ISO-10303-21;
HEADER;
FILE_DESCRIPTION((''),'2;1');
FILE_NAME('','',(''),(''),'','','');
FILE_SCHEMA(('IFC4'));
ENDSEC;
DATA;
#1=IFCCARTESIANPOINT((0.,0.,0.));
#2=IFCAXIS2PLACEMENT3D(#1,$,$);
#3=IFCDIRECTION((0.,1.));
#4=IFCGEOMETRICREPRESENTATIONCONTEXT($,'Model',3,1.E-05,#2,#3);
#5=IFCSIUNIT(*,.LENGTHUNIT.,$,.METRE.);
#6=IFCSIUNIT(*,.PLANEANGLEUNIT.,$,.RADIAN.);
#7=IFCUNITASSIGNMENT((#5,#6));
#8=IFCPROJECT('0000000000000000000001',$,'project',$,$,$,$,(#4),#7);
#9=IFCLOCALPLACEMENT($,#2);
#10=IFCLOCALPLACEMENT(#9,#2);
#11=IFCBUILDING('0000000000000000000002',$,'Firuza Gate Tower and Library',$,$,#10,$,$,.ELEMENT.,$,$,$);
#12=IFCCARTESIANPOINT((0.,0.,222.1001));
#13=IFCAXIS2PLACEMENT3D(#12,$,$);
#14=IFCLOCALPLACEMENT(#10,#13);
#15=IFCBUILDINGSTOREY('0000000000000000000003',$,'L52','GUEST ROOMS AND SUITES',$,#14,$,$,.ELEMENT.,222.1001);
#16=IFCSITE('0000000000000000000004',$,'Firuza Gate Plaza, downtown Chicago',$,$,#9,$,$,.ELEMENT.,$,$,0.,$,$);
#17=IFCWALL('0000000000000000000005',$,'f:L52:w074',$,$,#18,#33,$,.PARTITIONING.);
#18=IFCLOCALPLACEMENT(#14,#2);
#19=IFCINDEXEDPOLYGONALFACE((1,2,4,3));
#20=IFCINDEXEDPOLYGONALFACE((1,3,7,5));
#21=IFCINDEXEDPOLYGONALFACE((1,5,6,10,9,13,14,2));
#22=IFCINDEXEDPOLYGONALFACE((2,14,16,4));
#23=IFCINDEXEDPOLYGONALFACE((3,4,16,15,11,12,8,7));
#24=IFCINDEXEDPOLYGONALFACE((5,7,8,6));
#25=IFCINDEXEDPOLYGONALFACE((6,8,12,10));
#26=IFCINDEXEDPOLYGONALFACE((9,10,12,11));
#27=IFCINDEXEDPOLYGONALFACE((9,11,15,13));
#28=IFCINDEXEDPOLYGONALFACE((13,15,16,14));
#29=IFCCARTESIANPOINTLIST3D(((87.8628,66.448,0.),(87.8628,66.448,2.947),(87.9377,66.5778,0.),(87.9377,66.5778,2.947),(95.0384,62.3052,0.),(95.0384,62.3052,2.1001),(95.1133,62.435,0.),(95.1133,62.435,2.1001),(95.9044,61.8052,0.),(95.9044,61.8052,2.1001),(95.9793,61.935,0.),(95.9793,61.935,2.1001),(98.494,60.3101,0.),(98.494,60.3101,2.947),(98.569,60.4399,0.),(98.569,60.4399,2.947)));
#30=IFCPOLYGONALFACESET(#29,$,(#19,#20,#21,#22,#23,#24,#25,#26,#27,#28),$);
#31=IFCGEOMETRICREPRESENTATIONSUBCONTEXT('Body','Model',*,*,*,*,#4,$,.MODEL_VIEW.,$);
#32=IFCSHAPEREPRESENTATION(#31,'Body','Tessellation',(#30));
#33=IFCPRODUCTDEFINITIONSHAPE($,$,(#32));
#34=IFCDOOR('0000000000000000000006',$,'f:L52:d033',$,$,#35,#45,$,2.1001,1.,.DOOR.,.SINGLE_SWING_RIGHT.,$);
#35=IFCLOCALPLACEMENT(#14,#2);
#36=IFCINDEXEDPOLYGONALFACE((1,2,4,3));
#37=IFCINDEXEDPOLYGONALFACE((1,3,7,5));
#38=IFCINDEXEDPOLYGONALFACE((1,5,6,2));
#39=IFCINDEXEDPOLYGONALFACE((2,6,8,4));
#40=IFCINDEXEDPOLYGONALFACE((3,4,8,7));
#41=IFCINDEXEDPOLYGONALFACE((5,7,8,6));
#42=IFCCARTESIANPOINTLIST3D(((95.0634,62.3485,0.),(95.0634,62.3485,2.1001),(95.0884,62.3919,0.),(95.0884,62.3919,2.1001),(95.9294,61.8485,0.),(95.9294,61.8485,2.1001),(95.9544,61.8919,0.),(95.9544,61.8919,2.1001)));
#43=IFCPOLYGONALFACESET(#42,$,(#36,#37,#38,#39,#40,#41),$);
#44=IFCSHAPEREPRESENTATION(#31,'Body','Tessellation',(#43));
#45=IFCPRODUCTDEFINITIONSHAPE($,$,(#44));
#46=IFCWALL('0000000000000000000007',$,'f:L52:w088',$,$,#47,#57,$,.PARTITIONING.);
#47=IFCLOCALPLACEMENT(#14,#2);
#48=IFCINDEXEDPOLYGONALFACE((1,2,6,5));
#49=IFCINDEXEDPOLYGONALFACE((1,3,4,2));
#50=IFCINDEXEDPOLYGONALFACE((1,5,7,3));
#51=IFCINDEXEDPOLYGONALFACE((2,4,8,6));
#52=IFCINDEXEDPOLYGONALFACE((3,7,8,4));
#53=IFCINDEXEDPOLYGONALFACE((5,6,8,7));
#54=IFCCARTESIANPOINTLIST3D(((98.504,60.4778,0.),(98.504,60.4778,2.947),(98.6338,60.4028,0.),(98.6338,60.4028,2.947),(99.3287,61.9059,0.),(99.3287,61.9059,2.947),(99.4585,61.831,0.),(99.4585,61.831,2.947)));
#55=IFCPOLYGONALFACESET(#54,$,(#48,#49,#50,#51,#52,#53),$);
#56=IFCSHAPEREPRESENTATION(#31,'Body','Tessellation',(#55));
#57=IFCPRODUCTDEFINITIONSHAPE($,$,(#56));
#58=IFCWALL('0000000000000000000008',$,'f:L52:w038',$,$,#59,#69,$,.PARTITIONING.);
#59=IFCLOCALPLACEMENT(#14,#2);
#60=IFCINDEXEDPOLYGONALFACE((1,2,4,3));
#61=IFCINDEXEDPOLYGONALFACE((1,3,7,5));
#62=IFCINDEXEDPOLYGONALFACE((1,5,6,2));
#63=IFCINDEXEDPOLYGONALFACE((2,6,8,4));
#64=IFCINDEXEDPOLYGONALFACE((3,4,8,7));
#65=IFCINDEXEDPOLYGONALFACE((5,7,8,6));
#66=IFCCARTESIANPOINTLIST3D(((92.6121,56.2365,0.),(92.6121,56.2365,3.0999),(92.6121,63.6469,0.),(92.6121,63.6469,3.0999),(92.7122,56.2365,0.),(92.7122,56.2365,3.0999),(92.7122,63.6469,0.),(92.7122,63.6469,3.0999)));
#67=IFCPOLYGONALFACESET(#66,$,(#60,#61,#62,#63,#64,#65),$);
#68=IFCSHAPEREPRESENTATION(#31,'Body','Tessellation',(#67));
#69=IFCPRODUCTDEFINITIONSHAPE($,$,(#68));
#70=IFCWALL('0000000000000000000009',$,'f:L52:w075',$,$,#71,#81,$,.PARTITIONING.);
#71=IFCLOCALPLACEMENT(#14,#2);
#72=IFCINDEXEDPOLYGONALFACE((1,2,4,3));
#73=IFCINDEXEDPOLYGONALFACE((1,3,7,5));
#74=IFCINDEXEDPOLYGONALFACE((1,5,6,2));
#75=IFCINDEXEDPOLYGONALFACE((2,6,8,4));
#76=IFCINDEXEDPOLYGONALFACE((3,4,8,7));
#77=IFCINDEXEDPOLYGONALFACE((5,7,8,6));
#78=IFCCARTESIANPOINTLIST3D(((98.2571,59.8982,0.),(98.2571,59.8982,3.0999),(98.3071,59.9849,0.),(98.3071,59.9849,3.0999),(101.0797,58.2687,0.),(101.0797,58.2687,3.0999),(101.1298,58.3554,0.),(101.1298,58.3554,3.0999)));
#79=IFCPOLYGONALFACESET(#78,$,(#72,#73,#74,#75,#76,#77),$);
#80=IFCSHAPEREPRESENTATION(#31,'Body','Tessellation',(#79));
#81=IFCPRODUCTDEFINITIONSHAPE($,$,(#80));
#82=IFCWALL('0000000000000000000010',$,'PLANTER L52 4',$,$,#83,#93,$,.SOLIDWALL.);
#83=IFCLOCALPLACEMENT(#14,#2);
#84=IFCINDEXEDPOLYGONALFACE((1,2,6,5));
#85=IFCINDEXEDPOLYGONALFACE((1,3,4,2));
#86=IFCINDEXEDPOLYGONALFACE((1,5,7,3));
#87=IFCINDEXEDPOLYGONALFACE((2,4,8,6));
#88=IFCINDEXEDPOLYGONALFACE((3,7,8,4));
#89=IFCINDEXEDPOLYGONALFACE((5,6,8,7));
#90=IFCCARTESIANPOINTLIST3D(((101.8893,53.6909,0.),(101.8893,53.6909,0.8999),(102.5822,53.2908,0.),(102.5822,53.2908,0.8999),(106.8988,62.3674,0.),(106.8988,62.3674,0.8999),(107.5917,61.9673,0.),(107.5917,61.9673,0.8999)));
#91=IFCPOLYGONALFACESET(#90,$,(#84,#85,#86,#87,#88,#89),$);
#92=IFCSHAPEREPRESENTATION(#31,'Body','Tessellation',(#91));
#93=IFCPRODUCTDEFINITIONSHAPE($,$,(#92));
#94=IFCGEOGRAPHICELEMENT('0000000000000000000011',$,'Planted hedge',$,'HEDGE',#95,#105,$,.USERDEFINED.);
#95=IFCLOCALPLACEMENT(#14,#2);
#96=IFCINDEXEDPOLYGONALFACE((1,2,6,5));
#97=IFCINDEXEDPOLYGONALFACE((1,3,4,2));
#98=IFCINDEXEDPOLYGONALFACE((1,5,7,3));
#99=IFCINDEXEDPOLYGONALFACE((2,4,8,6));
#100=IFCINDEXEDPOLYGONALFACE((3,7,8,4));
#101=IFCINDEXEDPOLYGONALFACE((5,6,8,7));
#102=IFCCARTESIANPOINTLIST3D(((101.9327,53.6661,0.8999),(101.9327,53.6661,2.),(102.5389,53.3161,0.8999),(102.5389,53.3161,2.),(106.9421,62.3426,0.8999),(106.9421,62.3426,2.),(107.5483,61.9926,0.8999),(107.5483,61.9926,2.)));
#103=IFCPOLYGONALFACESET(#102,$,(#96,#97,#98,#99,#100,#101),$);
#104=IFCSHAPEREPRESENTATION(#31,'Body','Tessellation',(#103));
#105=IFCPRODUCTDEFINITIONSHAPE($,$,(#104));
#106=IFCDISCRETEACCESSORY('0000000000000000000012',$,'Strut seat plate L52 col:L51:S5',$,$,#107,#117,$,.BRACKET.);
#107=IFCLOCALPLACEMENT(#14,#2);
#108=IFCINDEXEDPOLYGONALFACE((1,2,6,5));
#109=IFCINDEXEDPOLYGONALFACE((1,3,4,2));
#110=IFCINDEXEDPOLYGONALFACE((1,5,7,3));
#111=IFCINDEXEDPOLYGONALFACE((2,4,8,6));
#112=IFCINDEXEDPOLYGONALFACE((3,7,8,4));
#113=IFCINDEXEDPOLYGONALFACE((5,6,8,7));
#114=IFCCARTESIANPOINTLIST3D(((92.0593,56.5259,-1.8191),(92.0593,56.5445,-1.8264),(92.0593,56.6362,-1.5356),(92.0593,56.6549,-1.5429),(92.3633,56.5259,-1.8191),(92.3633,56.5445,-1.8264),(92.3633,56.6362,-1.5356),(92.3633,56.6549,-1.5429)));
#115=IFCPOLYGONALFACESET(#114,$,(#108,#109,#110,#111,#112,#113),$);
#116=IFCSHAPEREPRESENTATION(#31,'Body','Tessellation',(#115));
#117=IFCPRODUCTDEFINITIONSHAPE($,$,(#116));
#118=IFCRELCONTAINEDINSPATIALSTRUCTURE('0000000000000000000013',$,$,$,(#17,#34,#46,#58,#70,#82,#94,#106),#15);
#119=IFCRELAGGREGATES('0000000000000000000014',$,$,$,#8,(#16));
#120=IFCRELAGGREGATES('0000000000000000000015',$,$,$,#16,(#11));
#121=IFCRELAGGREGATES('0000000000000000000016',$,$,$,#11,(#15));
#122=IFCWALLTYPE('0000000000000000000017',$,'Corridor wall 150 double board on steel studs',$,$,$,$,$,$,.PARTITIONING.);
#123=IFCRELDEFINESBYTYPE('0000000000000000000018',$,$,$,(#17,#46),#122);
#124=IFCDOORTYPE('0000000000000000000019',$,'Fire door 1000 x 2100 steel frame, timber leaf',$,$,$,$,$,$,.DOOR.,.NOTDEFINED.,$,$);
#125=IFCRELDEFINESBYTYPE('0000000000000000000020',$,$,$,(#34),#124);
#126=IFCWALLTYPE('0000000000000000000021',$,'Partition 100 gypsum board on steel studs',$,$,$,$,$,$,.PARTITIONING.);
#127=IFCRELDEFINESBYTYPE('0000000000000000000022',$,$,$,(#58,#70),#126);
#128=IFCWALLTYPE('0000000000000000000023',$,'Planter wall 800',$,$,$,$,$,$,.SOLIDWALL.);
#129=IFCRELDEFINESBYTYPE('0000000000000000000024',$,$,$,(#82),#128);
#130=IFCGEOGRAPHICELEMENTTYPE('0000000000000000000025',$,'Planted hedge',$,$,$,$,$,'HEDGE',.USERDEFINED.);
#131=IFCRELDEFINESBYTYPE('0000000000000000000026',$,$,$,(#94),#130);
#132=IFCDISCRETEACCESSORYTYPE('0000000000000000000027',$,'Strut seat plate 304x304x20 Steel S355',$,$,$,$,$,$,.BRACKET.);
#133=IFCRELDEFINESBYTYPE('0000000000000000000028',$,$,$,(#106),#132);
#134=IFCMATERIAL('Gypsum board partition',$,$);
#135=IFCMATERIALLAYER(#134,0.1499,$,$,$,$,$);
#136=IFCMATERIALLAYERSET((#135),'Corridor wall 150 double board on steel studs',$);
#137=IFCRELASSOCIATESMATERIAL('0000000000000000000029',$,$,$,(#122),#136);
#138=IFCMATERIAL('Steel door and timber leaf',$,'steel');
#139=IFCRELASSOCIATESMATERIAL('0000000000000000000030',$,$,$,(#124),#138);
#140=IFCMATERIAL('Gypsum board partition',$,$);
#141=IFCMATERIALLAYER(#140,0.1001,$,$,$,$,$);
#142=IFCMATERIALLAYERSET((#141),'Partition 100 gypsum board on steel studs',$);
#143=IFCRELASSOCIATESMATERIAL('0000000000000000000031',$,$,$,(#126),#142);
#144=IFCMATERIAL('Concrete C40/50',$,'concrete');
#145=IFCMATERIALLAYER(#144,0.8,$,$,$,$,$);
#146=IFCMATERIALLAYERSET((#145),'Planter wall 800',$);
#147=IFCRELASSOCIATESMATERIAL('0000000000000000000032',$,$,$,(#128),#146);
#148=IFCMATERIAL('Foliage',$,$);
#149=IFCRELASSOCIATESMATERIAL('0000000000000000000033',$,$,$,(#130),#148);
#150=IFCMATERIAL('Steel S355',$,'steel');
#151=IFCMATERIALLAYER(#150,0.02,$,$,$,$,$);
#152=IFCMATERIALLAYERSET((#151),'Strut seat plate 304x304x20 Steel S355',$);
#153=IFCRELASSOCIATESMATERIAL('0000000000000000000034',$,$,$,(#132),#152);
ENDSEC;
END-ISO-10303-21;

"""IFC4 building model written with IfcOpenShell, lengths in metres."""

from ifc_helpers import new_model, si_unit, direction, frame, frame_2d, origin, origin_2d, place, context, subcontext, project, spatial, polyline, rectangle, outline, extrude, material, layer, layer_set, type_object, element, fill, save


model = new_model("IFC4")

# Units and contexts
model_context = context("Model", 3, precision=1e-05, world=origin(), true_north=direction((0.0, 1.0)))
body_context = subcontext(model_context, "Body", "Model", "MODEL_VIEW")
ifc_project = project(units=[si_unit("LENGTHUNIT", "METRE"), si_unit("PLANEANGLEUNIT", "RADIAN")], contexts=[model_context])

# Site, building, storey
site_placement = place(None, origin())
site = spatial("IfcSite", under=ifc_project, at=site_placement, Name="Firuza Gate Plaza, downtown Chicago", CompositionType="ELEMENT", RefElevation=0.0)
building_placement = place(site_placement, origin())
building = spatial("IfcBuilding", under=site, at=building_placement, Name="Firuza Gate Tower and Library", CompositionType="ELEMENT")
storey_placement = place(building_placement, frame((0.0, 0.0, 222.1001)))
storey = spatial("IfcBuildingStorey", under=building, at=storey_placement, Name="L52", Description="GUEST ROOMS AND SUITES", CompositionType="ELEMENT", Elevation=222.1001)

# Shared definitions
ifc_material_1 = material(Name="Gypsum board partition")
ifc_layer_1 = layer(ifc_material_1, 0.1499)
ifc_layer_set_1 = layer_set([ifc_layer_1], Name="Corridor wall 150 double board on steel studs")
wall_type_1 = type_object("IfcWallType", Name="Corridor wall 150 double board on steel studs", PredefinedType="PARTITIONING", material=ifc_layer_set_1)

# Wall, opening, door
wall_1_placement = place(storey_placement, frame((98.5315, 60.375, 0.0), z_axis=(0.0, 0.0, 1.0), x_axis=(-0.866028, 0.499996, 0.0)))
wall_1 = element("IfcWall", 1, at=wall_1_placement, inside=storey, type_object=wall_type_1, Name="f:L52:w074", PredefinedType="PARTITIONING", context=body_context, shape_type="SweptSolid", body=[
    extrude(rectangle(XDim=12.2759, YDim=0.1499, at=frame_2d((6.1379, 0.0))), origin(), (0.0, 0.0, 1.0), 2.947),
])
opening_placement = place(wall_1_placement, frame((2.9902, 0.0, 0.0)))
opening = element("IfcOpeningElement", 2, at=opening_placement, cuts=wall_1, PredefinedType="OPENING", context=body_context, shape_type="SweptSolid", body=[
    extrude(rectangle(XDim=1.0, YDim=2.1001, at=frame_2d((0.5, 1.05))), frame((0.0, 0.085, 0.0), z_axis=(0.0, -1.0, 0.0), x_axis=(1.0, 0.0, 0.0)), (0.0, 0.0, 1.0), 0.1699),
])
ifc_material_2 = material(Name="Steel door and timber leaf", Category="steel")
door_type = type_object("IfcDoorType", Name="Fire door 1000 x 2100 steel frame, timber leaf", OperationType="NOTDEFINED", PredefinedType="DOOR", material=ifc_material_2)
door_placement = place(opening_placement, origin())
door = element("IfcDoor", 3, at=door_placement, inside=storey, type_object=door_type, Name="f:L52:d033", OperationType="SINGLE_SWING_RIGHT", OverallHeight=2.1001, OverallWidth=1.0, PredefinedType="DOOR", context=body_context, shape_type="SweptSolid", body=[
    extrude(rectangle(XDim=1.0, YDim=2.1001, at=frame_2d((0.5, 1.05))), frame((0.0, 0.0249, 0.0), z_axis=(0.0, -1.0, 0.0), x_axis=(1.0, 0.0, 0.0)), (0.0, 0.0, 1.0), 0.05),
])
fill(opening, door)

# Walls
wall_2_placement = place(storey_placement, frame((98.5688, 60.4402, 0.0), z_axis=(0.0, 0.0, 1.0), x_axis=(0.500056, 0.865993, 0.0)))
element("IfcWall", 4, at=wall_2_placement, inside=storey, type_object=wall_type_1, Name="f:L52:w088", PredefinedType="PARTITIONING", context=body_context, shape_type="SweptSolid", body=[
    extrude(rectangle(XDim=1.6492, YDim=0.1499, at=frame_2d((0.8247, 0.0))), origin(), (0.0, 0.0, 1.0), 2.947),
])
ifc_material_3 = material(Name="Gypsum board partition")
ifc_layer_2 = layer(ifc_material_3, 0.1001)
ifc_layer_set_2 = layer_set([ifc_layer_2], Name="Partition 100 gypsum board on steel studs")
wall_type_2 = type_object("IfcWallType", Name="Partition 100 gypsum board on steel studs", PredefinedType="PARTITIONING", material=ifc_layer_set_2)
wall_3_placement = place(storey_placement, frame((92.6621, 56.2366, 0.0), z_axis=(0.0, 0.0, 1.0), x_axis=(0.0, 1.0, 0.0)))
element("IfcWall", 5, at=wall_3_placement, inside=storey, type_object=wall_type_2, Name="f:L52:w038", PredefinedType="PARTITIONING", context=body_context, shape_type="SweptSolid", body=[
    extrude(rectangle(XDim=7.4104, YDim=0.1001, at=frame_2d((3.7051, 0.0))), origin(), (0.0, 0.0, 1.0), 3.0999),
])
wall_4_placement = place(storey_placement, frame((101.1047, 58.312, 0.0), z_axis=(0.0, 0.0, 1.0), x_axis=(-0.866036, 0.499982, 0.0)))
element("IfcWall", 6, at=wall_4_placement, inside=storey, type_object=wall_type_2, Name="f:L52:w075", PredefinedType="PARTITIONING", context=body_context, shape_type="SweptSolid", body=[
    extrude(rectangle(XDim=3.2593, YDim=0.1001, at=frame_2d((1.6296, 0.0))), origin(), (0.0, 0.0, 1.0), 3.0999),
])
ifc_material_4 = material(Name="Concrete C40/50", Category="concrete")
ifc_layer_3 = layer(ifc_material_4, 0.8)
ifc_layer_set_3 = layer_set([ifc_layer_3], Name="Planter wall 800")
wall_type_3 = type_object("IfcWallType", Name="Planter wall 800", PredefinedType="SOLIDWALL", material=ifc_layer_set_3)
wall_5_placement = place(storey_placement, frame((102.2358, 53.491, 0.0), z_axis=(0.0, 0.0, 1.0), x_axis=(0.50001, 0.86602, 0.0)))
element("IfcWall", 7, at=wall_5_placement, inside=storey, type_object=wall_type_3, Name="PLANTER L52 4", PredefinedType="SOLIDWALL", context=body_context, shape_type="SweptSolid", body=[
    extrude(rectangle(XDim=10.0188, YDim=0.8, at=frame_2d((5.0093, 0.0))), origin(), (0.0, 0.0, 1.0), 0.8999),
])

# Geographic element
ifc_material_5 = material(Name="Foliage")
geographic_element_type = type_object("IfcGeographicElementType", Name="Planted hedge", ElementType="HEDGE", PredefinedType="USERDEFINED", material=ifc_material_5)
geographic_element_placement = place(storey_placement, frame((104.7405, 57.8293, 0.8999), z_axis=(0.0, 0.0, 1.0), x_axis=(0.5, 0.866025, 0.0)))
element("IfcGeographicElement", 8, at=geographic_element_placement, inside=storey, type_object=geographic_element_type, Name="Planted hedge", ObjectType="HEDGE", PredefinedType="USERDEFINED", context=body_context, shape_type="SweptSolid", body=[
    extrude(rectangle(XDim=10.0188, YDim=0.7, at=origin_2d()), origin(), (0.0, 0.0, 1.0), 1.1001),
])

# Discrete accessory
ifc_material_6 = material(Name="Steel S355", Category="steel")
ifc_layer_4 = layer(ifc_material_6, 0.02)
ifc_layer_set_4 = layer_set([ifc_layer_4], Name="Strut seat plate 304x304x20 Steel S355")
discrete_accessory_type = type_object("IfcDiscreteAccessoryType", Name="Strut seat plate 304x304x20 Steel S355", PredefinedType="BRACKET", material=ifc_layer_set_4)
discrete_accessory_placement = place(storey_placement, frame((92.3633, 56.6362, -1.5356), z_axis=(0.0, -0.931869, 0.362795), x_axis=(-1.0, 0.0, 0.0)))
element("IfcDiscreteAccessory", 9, at=discrete_accessory_placement, inside=storey, type_object=discrete_accessory_type, Name="Strut seat plate L52 col:L51:S5", PredefinedType="BRACKET", context=body_context, shape_type="SweptSolid", body=[
    extrude(outline(polyline([(0.0, 0.0), (0.304, 0.0), (0.304, 0.3042), (0.0, 0.3042), (0.0, 0.0)])), origin(), (0.0, 0.0, -1.0), 0.02),
])

save(model, "model.ifc")
